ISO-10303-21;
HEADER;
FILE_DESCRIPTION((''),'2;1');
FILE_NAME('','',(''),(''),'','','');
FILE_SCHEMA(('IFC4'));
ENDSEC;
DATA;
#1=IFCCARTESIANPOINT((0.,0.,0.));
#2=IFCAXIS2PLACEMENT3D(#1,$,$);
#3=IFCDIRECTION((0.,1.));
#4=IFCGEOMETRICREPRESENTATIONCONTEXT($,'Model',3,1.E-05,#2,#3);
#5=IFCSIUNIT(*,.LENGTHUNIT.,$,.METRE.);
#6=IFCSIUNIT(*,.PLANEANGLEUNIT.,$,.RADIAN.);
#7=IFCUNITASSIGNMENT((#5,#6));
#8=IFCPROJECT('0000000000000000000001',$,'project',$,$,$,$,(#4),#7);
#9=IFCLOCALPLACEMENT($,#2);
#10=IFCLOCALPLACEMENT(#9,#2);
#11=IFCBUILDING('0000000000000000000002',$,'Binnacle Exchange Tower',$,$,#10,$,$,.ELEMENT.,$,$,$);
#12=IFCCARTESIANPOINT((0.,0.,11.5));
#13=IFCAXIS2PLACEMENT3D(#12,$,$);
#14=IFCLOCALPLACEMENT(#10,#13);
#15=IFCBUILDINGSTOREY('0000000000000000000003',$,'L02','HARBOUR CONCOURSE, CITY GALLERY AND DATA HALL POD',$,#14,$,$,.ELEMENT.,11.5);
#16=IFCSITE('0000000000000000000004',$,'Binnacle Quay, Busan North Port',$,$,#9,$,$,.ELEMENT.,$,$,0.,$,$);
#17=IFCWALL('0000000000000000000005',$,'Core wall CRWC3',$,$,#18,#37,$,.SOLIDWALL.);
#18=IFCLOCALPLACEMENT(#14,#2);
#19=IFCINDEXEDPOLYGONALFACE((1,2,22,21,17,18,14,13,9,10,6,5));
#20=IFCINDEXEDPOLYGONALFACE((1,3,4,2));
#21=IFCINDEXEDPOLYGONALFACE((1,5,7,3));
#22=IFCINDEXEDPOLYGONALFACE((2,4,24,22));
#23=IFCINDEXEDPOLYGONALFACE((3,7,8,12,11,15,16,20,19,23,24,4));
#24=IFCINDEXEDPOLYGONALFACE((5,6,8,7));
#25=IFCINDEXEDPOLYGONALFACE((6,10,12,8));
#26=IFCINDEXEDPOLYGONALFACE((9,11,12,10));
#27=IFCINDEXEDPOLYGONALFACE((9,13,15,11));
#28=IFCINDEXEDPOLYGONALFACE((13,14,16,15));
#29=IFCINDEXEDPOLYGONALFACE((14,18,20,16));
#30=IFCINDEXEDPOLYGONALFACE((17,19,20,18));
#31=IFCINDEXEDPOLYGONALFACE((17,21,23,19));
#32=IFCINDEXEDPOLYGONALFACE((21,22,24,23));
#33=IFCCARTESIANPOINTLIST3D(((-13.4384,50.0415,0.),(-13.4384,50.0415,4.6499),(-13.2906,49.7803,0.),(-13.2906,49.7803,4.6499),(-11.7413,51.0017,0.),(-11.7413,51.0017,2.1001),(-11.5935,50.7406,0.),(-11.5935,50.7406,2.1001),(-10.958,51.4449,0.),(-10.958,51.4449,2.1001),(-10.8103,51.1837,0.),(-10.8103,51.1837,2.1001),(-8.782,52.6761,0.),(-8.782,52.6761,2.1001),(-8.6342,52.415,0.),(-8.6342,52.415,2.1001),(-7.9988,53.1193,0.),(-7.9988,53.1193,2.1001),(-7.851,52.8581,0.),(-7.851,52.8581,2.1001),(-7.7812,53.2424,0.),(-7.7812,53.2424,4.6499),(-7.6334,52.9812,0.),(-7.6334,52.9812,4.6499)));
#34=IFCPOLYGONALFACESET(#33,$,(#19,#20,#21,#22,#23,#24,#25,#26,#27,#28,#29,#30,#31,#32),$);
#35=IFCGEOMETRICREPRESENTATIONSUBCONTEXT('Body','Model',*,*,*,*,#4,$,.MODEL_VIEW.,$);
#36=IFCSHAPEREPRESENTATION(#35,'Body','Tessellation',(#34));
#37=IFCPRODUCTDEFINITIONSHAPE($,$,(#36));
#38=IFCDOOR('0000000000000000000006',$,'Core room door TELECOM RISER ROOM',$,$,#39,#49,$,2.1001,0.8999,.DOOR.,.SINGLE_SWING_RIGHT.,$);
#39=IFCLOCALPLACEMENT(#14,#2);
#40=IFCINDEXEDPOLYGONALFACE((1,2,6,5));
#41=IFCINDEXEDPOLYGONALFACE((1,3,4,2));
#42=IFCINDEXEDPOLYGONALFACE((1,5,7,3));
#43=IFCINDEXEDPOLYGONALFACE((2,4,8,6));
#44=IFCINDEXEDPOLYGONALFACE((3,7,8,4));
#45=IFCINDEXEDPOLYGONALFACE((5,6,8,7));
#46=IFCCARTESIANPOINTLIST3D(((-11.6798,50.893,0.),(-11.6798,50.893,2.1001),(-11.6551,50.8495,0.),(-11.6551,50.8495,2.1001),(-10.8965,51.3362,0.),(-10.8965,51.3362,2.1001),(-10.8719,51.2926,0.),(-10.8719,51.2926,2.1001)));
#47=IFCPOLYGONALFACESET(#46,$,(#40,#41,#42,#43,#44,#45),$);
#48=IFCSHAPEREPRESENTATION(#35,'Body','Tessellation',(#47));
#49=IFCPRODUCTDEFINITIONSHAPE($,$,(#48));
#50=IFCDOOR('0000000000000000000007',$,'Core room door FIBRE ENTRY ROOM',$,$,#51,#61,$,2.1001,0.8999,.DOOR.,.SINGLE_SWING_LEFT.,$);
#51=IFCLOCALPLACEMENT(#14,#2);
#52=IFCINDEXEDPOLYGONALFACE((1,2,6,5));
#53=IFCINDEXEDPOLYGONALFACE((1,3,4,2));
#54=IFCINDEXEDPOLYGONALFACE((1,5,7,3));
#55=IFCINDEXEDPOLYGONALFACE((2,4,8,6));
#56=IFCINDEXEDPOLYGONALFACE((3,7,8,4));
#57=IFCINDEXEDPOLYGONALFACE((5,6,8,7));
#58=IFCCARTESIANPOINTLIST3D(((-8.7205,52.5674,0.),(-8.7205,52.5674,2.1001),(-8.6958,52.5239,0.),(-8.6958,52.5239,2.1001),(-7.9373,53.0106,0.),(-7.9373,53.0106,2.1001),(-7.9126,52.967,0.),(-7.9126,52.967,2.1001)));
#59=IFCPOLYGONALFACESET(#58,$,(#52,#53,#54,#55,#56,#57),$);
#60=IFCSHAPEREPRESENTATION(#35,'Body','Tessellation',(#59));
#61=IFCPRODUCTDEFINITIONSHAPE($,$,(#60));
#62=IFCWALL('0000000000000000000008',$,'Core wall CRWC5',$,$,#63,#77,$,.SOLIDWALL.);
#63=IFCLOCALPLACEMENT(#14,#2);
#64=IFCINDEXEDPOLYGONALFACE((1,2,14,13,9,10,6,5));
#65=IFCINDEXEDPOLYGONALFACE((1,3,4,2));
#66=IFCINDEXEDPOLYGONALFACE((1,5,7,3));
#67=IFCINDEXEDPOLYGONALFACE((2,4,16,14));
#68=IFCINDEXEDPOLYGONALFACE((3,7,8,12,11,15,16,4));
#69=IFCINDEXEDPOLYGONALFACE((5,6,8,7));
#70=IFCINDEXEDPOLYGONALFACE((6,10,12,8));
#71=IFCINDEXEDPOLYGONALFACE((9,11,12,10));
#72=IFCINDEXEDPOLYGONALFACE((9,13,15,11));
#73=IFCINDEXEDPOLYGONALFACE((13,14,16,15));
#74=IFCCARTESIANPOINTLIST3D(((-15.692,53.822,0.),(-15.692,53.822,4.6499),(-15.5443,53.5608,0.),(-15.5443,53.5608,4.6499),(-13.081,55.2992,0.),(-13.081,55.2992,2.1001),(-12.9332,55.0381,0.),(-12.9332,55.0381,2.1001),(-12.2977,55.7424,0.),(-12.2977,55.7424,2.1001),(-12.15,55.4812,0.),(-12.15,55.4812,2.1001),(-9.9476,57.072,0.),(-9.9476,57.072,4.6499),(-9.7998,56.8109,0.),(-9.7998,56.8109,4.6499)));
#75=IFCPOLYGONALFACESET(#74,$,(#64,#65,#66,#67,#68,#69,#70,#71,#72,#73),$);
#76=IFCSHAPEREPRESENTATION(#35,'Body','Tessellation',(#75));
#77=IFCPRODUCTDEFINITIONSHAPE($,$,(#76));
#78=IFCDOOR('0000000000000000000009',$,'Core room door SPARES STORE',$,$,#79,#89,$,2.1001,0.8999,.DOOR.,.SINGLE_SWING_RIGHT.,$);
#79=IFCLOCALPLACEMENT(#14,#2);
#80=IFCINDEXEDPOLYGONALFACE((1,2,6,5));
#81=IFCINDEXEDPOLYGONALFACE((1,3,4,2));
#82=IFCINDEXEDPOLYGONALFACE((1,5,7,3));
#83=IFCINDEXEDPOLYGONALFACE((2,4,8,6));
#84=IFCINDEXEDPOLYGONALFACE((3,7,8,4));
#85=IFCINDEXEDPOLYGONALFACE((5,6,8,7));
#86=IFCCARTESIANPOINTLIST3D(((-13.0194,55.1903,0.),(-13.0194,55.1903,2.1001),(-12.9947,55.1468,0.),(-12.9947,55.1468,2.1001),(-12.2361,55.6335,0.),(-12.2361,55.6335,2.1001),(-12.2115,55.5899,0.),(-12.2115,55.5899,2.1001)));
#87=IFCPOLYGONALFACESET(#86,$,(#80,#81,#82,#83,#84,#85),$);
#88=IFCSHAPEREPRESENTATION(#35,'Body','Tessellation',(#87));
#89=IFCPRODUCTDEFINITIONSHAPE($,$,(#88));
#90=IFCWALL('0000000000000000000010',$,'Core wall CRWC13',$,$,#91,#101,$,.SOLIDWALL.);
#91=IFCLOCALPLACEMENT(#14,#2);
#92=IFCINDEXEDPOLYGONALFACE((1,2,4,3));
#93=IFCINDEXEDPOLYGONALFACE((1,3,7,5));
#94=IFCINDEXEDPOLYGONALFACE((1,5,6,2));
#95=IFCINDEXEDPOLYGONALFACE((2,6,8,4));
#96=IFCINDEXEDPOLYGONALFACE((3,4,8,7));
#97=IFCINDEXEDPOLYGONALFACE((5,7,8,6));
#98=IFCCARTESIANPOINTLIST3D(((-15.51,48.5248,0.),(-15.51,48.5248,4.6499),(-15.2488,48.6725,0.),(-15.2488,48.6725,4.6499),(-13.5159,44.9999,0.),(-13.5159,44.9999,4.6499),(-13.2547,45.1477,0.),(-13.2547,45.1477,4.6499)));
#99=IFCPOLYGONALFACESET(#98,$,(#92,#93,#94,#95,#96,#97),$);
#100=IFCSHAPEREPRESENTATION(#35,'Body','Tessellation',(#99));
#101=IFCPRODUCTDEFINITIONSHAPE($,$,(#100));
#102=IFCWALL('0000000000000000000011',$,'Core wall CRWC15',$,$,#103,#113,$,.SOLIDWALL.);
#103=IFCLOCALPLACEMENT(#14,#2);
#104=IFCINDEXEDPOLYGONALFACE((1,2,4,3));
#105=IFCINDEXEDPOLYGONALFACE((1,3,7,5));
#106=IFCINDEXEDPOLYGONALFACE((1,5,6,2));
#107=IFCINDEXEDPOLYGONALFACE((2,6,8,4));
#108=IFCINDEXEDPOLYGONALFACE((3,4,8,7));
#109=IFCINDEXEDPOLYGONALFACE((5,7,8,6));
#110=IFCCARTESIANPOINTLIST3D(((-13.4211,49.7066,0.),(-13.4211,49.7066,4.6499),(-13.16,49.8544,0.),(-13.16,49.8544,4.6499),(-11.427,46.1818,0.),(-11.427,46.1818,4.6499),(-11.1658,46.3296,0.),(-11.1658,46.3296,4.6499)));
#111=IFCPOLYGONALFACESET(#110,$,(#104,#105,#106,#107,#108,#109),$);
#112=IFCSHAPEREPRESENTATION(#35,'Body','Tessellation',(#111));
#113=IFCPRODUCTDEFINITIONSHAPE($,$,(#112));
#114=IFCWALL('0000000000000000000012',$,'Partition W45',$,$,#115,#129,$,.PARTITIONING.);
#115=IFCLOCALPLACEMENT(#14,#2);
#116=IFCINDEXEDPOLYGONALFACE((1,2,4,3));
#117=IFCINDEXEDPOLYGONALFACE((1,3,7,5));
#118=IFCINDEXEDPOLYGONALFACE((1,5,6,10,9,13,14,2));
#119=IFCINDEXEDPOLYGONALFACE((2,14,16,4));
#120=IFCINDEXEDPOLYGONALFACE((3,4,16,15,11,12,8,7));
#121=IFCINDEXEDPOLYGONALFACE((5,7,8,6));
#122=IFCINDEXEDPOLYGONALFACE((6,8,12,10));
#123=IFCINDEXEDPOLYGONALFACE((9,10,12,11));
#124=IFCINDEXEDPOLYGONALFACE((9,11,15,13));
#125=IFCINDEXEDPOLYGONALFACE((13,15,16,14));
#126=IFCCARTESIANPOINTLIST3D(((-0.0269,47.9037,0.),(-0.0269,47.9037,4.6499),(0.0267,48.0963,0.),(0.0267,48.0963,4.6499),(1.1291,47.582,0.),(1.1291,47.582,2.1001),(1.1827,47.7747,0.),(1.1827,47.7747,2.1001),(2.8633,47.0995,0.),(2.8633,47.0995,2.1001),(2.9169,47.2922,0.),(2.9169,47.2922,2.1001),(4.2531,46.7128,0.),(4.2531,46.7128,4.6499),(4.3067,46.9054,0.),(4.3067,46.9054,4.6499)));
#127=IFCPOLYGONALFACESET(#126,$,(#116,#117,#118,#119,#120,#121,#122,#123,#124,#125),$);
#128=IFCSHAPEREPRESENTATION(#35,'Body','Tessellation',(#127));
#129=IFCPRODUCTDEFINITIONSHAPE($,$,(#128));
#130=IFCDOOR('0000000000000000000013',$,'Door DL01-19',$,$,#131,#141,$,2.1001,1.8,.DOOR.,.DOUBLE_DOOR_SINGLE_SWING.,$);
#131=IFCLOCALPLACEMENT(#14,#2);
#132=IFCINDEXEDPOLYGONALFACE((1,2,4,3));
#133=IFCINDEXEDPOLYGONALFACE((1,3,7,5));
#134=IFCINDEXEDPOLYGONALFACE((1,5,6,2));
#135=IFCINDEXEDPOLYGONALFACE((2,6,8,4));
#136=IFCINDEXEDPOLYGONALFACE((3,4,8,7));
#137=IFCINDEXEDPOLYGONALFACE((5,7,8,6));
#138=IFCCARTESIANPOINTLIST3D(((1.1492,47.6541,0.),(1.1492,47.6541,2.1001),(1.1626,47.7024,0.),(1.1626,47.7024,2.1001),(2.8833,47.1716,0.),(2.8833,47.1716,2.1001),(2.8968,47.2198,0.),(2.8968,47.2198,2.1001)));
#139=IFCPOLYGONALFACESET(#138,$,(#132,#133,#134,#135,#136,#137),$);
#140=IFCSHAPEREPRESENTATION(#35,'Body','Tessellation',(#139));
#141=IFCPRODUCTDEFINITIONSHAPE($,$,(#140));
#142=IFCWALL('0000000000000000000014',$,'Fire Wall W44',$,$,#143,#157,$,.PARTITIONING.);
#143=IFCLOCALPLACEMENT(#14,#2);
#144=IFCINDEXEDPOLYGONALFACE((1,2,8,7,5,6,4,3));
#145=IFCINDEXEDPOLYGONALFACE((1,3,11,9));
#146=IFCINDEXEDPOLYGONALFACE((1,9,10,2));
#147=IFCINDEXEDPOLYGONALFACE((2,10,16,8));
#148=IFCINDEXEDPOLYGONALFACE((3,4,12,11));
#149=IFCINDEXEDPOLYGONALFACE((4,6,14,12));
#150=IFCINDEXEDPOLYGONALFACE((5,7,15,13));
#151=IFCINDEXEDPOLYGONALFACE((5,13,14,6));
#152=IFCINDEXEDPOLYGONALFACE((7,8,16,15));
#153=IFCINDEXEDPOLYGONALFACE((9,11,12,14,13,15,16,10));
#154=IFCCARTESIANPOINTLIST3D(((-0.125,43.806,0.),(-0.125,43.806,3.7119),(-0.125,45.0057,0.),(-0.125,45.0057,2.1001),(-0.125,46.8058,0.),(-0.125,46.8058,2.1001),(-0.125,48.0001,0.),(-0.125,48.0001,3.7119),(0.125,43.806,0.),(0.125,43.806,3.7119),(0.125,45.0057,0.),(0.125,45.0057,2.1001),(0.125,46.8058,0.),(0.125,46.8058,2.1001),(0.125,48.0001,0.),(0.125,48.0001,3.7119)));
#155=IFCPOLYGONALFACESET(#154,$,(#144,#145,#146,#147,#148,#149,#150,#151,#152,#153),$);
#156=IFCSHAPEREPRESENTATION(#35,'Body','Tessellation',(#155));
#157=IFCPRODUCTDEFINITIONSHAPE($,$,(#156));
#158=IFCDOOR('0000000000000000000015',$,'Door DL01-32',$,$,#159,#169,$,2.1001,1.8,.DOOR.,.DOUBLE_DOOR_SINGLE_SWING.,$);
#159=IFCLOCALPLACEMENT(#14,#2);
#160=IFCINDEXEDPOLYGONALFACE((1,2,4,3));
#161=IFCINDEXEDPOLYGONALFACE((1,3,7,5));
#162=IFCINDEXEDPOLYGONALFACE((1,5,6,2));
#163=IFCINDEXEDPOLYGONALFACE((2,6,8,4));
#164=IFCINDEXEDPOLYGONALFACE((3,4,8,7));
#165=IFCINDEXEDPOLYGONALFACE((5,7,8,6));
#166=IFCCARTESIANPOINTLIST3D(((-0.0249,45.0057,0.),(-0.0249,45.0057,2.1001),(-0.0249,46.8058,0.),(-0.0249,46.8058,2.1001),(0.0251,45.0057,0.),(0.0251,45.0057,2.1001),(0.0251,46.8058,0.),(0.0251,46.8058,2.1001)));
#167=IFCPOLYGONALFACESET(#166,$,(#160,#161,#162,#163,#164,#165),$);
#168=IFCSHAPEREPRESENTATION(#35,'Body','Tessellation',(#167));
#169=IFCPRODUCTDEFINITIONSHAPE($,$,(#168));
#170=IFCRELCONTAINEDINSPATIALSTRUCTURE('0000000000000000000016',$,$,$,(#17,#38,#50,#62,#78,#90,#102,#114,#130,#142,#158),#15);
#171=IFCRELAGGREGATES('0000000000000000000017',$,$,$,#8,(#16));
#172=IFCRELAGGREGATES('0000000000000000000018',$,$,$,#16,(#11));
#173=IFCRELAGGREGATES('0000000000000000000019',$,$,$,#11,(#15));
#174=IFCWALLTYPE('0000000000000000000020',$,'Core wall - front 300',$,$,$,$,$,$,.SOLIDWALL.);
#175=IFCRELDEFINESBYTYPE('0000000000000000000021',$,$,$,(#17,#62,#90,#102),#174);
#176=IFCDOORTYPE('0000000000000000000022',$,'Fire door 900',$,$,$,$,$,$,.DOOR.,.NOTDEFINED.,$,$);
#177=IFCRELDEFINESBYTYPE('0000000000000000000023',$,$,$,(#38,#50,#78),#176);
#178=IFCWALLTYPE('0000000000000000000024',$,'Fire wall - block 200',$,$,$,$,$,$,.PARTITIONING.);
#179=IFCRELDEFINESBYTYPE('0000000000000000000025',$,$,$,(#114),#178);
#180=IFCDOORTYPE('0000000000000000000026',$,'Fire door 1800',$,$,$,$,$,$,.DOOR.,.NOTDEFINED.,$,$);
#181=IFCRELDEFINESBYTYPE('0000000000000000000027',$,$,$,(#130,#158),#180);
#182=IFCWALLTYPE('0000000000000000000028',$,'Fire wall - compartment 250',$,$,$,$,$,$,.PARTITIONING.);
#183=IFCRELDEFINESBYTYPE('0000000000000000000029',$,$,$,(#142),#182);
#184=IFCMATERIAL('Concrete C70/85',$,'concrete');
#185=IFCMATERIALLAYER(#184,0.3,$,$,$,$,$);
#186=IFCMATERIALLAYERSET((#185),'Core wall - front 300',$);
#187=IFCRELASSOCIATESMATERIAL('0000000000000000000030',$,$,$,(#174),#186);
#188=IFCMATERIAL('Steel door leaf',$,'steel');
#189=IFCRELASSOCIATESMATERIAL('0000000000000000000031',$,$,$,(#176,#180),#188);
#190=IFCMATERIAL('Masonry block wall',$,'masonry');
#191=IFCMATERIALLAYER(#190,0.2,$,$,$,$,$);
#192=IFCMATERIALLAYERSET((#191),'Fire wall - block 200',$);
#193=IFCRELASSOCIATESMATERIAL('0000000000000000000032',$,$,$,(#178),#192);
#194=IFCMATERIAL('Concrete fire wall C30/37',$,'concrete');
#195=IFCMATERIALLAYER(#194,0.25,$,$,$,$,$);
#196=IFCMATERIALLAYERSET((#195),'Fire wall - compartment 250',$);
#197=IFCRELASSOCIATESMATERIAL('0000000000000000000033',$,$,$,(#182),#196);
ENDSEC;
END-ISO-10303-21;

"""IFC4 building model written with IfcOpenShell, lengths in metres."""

from ifc_helpers import new_model, si_unit, direction, frame, frame_2d, origin, place, context, subcontext, project, spatial, rectangle, extrude, material, layer, layer_set, type_object, element, fill, save


model = new_model("IFC4")

# Units and contexts
model_context = context("Model", 3, precision=1e-05, world=origin(), true_north=direction((0.0, 1.0)))
body_context = subcontext(model_context, "Body", "Model", "MODEL_VIEW")
ifc_project = project(units=[si_unit("LENGTHUNIT", "METRE"), si_unit("PLANEANGLEUNIT", "RADIAN")], contexts=[model_context])

# Site, building, storey
site_placement = place(None, origin())
site = spatial("IfcSite", under=ifc_project, at=site_placement, Name="Binnacle Quay, Busan North Port", CompositionType="ELEMENT", RefElevation=0.0)
building_placement = place(site_placement, origin())
building = spatial("IfcBuilding", under=site, at=building_placement, Name="Binnacle Exchange Tower", CompositionType="ELEMENT")
storey_placement = place(building_placement, frame((0.0, 0.0, 11.5)))
storey = spatial("IfcBuildingStorey", under=building, at=storey_placement, Name="L02", Description="HARBOUR CONCOURSE, CITY GALLERY AND DATA HALL POD", CompositionType="ELEMENT", Elevation=11.5)

# Shared definitions
ifc_material_1 = material(Name="Concrete C70/85", Category="concrete")

# Wall, openings, doors
ifc_layer_1 = layer(ifc_material_1, 0.3)
ifc_layer_set_1 = layer_set([ifc_layer_1], Name="Core wall - front 300")
wall_type_1 = type_object("IfcWallType", Name="Core wall - front 300", PredefinedType="SOLIDWALL", material=ifc_layer_set_1)
wall_1_placement = place(storey_placement, frame((-13.3645, 49.9109, 0.0), z_axis=(0.0, 0.0, 1.0), x_axis=(0.870341, 0.49245, 0.0)))
wall_1 = element("IfcWall", 1, at=wall_1_placement, inside=storey, type_object=wall_type_1, Name="Core wall CRWC3", PredefinedType="SOLIDWALL", context=body_context, shape_type="SweptSolid", body=[
    extrude(rectangle(XDim=6.5, YDim=0.3, at=frame_2d((3.25, 0.0))), origin(), (0.0, 0.0, 1.0), 4.6499),
])
opening_1_placement = place(wall_1_placement, frame((1.95, 0.0, 0.0)))
opening_1 = element("IfcOpeningElement", 2, at=opening_1_placement, cuts=wall_1, PredefinedType="OPENING", context=body_context, shape_type="SweptSolid", body=[
    extrude(rectangle(XDim=0.8999, YDim=2.1001, at=frame_2d((0.45, 1.05))), frame((0.0, 0.1599, 0.0), z_axis=(0.0, -1.0, 0.0), x_axis=(1.0, 0.0, 0.0)), (0.0, 0.0, 1.0), 0.3201),
])
opening_2_placement = place(wall_1_placement, frame((5.3501, 0.0, 0.0)))
opening_2 = element("IfcOpeningElement", 3, at=opening_2_placement, cuts=wall_1, PredefinedType="OPENING", context=body_context, shape_type="SweptSolid", body=[
    extrude(rectangle(XDim=0.8999, YDim=2.1001, at=frame_2d((0.45, 1.05))), frame((0.0, 0.1599, 0.0), z_axis=(0.0, -1.0, 0.0), x_axis=(1.0, 0.0, 0.0)), (0.0, 0.0, 1.0), 0.3201),
])
ifc_material_2 = material(Name="Steel door leaf", Category="steel")
door_type_1 = type_object("IfcDoorType", Name="Fire door 900", OperationType="NOTDEFINED", PredefinedType="DOOR", material=ifc_material_2)
door_1_placement = place(opening_1_placement, frame((0.8999, 0.0, 0.0), z_axis=(0.0, 0.0, 1.0), x_axis=(-1.0, 0.0, 0.0)))
door_1 = element("IfcDoor", 4, at=door_1_placement, inside=storey, type_object=door_type_1, Name="Core room door TELECOM RISER ROOM", OperationType="SINGLE_SWING_RIGHT", OverallHeight=2.1001, OverallWidth=0.8999, PredefinedType="DOOR", context=body_context, shape_type="SweptSolid", body=[
    extrude(rectangle(XDim=0.8999, YDim=2.1001, at=frame_2d((0.45, 1.05))), frame((0.0, 0.0249, 0.0), z_axis=(0.0, -1.0, 0.0), x_axis=(1.0, 0.0, 0.0)), (0.0, 0.0, 1.0), 0.05),
])
fill(opening_1, door_1)
door_2_placement = place(opening_2_placement, frame((0.8999, 0.0, 0.0), z_axis=(0.0, 0.0, 1.0), x_axis=(-1.0, 0.0, 0.0)))
door_2 = element("IfcDoor", 5, at=door_2_placement, inside=storey, type_object=door_type_1, Name="Core room door FIBRE ENTRY ROOM", OperationType="SINGLE_SWING_LEFT", OverallHeight=2.1001, OverallWidth=0.8999, PredefinedType="DOOR", context=body_context, shape_type="SweptSolid", body=[
    extrude(rectangle(XDim=0.8999, YDim=2.1001, at=frame_2d((0.45, 1.05))), frame((0.0, 0.0249, 0.0), z_axis=(0.0, -1.0, 0.0), x_axis=(1.0, 0.0, 0.0)), (0.0, 0.0, 1.0), 0.05),
])
fill(opening_2, door_2)

# Wall, opening, door
wall_2_placement = place(storey_placement, frame((-15.6182, 53.6914, 0.0), z_axis=(0.0, 0.0, 1.0), x_axis=(0.870357, 0.492422, 0.0)))
wall_2 = element("IfcWall", 6, at=wall_2_placement, inside=storey, type_object=wall_type_1, Name="Core wall CRWC5", PredefinedType="SOLIDWALL", context=body_context, shape_type="SweptSolid", body=[
    extrude(rectangle(XDim=6.6001, YDim=0.3, at=frame_2d((3.3, 0.0))), origin(), (0.0, 0.0, 1.0), 4.6499),
])
opening_3_placement = place(wall_2_placement, frame((3.0, 0.0, 0.0)))
opening_3 = element("IfcOpeningElement", 7, at=opening_3_placement, cuts=wall_2, PredefinedType="OPENING", context=body_context, shape_type="SweptSolid", body=[
    extrude(rectangle(XDim=0.8999, YDim=2.1001, at=frame_2d((0.45, 1.05))), frame((0.0, 0.1599, 0.0), z_axis=(0.0, -1.0, 0.0), x_axis=(1.0, 0.0, 0.0)), (0.0, 0.0, 1.0), 0.3201),
])
door_3_placement = place(opening_3_placement, origin())
door_3 = element("IfcDoor", 8, at=door_3_placement, inside=storey, type_object=door_type_1, Name="Core room door SPARES STORE", OperationType="SINGLE_SWING_RIGHT", OverallHeight=2.1001, OverallWidth=0.8999, PredefinedType="DOOR", context=body_context, shape_type="SweptSolid", body=[
    extrude(rectangle(XDim=0.8999, YDim=2.1001, at=frame_2d((0.45, 1.05))), frame((0.0, 0.0249, 0.0), z_axis=(0.0, -1.0, 0.0), x_axis=(1.0, 0.0, 0.0)), (0.0, 0.0, 1.0), 0.05),
])
fill(opening_3, door_3)

# Walls
for number, where, z_axis, x_axis, name in (
    (9, (-15.3794, 48.5986, 0.0), (0.0, 0.0, 1.0), (0.492395, -0.870372, 0.0), "Core wall CRWC13"),
    (10, (-13.2905, 49.7805, 0.0), (0.0, 0.0, 1.0), (0.492395, -0.870372, 0.0), "Core wall CRWC15"),
):
    element("IfcWall", number, at=place(storey_placement, frame(where, z_axis=z_axis, x_axis=x_axis)), inside=storey, type_object=wall_type_1, Name=name, PredefinedType="SOLIDWALL", context=body_context, shape_type="SweptSolid", body=[
        extrude(rectangle(XDim=4.0498, YDim=0.3, at=frame_2d((2.0249, 0.0))), origin(), (0.0, 0.0, 1.0), 4.6499),
    ])

# Walls, openings, doors
ifc_material_3 = material(Name="Masonry block wall", Category="masonry")
ifc_layer_2 = layer(ifc_material_3, 0.2)
ifc_layer_set_2 = layer_set([ifc_layer_2], Name="Fire wall - block 200")
wall_type_2 = type_object("IfcWallType", Name="Fire wall - block 200", PredefinedType="PARTITIONING", material=ifc_layer_set_2)
wall_3_placement = place(storey_placement, frame((0.0, 48.0, 0.0), z_axis=(0.0, 0.0, 1.0), x_axis=(0.963401, -0.268066, 0.0)))
wall_3 = element("IfcWall", 11, at=wall_3_placement, inside=storey, type_object=wall_type_2, Name="Partition W45", PredefinedType="PARTITIONING", context=body_context, shape_type="SweptSolid", body=[
    extrude(rectangle(XDim=4.4426, YDim=0.2, at=frame_2d((2.2212, 0.0))), origin(), (0.0, 0.0, 1.0), 4.6499),
])
opening_4_placement = place(wall_3_placement, frame((1.2, 0.0, 0.0)))
opening_4 = element("IfcOpeningElement", 12, at=opening_4_placement, cuts=wall_3, PredefinedType="OPENING", context=body_context, shape_type="SweptSolid", body=[
    extrude(rectangle(XDim=1.8, YDim=2.1001, at=frame_2d((0.8999, 1.05))), frame((0.0, 0.1099, 0.0), z_axis=(0.0, -1.0, 0.0), x_axis=(1.0, 0.0, 0.0)), (0.0, 0.0, 1.0), 0.22),
])
door_type_2 = type_object("IfcDoorType", Name="Fire door 1800", OperationType="NOTDEFINED", PredefinedType="DOOR", material=ifc_material_2)
door_4_placement = place(opening_4_placement, origin())
door_4 = element("IfcDoor", 13, at=door_4_placement, inside=storey, type_object=door_type_2, Name="Door DL01-19", OperationType="DOUBLE_DOOR_SINGLE_SWING", OverallHeight=2.1001, OverallWidth=1.8, PredefinedType="DOOR", context=body_context, shape_type="SweptSolid", body=[
    extrude(rectangle(XDim=1.8, YDim=2.1001, at=frame_2d((0.8999, 1.05))), frame((0.0, 0.0249, 0.0), z_axis=(0.0, -1.0, 0.0), x_axis=(1.0, 0.0, 0.0)), (0.0, 0.0, 1.0), 0.05),
])
fill(opening_4, door_4)
ifc_material_4 = material(Name="Concrete fire wall C30/37", Category="concrete")
ifc_layer_3 = layer(ifc_material_4, 0.25)
ifc_layer_set_3 = layer_set([ifc_layer_3], Name="Fire wall - compartment 250")
wall_type_3 = type_object("IfcWallType", Name="Fire wall - compartment 250", PredefinedType="PARTITIONING", material=ifc_layer_set_3)
wall_4_placement = place(storey_placement, frame((0.0, 43.8059, 0.0), z_axis=(0.0, 0.0, 1.0), x_axis=(0.0, 1.0, 0.0)))
wall_4 = element("IfcWall", 14, at=wall_4_placement, inside=storey, type_object=wall_type_3, Name="Fire Wall W44", PredefinedType="PARTITIONING", context=body_context, shape_type="SweptSolid", body=[
    extrude(rectangle(XDim=4.1941, YDim=0.25, at=frame_2d((2.0972, 0.0))), origin(), (0.0, 0.0, 1.0), 3.7119),
])
opening_5_placement = place(wall_4_placement, frame((1.2, 0.0, 0.0)))
opening_5 = element("IfcOpeningElement", 15, at=opening_5_placement, cuts=wall_4, PredefinedType="OPENING", context=body_context, shape_type="SweptSolid", body=[
    extrude(rectangle(XDim=1.8, YDim=2.1001, at=frame_2d((0.8999, 1.05))), frame((0.0, 0.135, 0.0), z_axis=(0.0, -1.0, 0.0), x_axis=(1.0, 0.0, 0.0)), (0.0, 0.0, 1.0), 0.27),
])
door_5_placement = place(opening_5_placement, origin())
door_5 = element("IfcDoor", 16, at=door_5_placement, inside=storey, type_object=door_type_2, Name="Door DL01-32", OperationType="DOUBLE_DOOR_SINGLE_SWING", OverallHeight=2.1001, OverallWidth=1.8, PredefinedType="DOOR", context=body_context, shape_type="SweptSolid", body=[
    extrude(rectangle(XDim=1.8, YDim=2.1001, at=frame_2d((0.8999, 1.05))), frame((0.0, 0.0249, 0.0), z_axis=(0.0, -1.0, 0.0), x_axis=(1.0, 0.0, 0.0)), (0.0, 0.0, 1.0), 0.05),
])
fill(opening_5, door_5)

save(model, "model.ifc")
